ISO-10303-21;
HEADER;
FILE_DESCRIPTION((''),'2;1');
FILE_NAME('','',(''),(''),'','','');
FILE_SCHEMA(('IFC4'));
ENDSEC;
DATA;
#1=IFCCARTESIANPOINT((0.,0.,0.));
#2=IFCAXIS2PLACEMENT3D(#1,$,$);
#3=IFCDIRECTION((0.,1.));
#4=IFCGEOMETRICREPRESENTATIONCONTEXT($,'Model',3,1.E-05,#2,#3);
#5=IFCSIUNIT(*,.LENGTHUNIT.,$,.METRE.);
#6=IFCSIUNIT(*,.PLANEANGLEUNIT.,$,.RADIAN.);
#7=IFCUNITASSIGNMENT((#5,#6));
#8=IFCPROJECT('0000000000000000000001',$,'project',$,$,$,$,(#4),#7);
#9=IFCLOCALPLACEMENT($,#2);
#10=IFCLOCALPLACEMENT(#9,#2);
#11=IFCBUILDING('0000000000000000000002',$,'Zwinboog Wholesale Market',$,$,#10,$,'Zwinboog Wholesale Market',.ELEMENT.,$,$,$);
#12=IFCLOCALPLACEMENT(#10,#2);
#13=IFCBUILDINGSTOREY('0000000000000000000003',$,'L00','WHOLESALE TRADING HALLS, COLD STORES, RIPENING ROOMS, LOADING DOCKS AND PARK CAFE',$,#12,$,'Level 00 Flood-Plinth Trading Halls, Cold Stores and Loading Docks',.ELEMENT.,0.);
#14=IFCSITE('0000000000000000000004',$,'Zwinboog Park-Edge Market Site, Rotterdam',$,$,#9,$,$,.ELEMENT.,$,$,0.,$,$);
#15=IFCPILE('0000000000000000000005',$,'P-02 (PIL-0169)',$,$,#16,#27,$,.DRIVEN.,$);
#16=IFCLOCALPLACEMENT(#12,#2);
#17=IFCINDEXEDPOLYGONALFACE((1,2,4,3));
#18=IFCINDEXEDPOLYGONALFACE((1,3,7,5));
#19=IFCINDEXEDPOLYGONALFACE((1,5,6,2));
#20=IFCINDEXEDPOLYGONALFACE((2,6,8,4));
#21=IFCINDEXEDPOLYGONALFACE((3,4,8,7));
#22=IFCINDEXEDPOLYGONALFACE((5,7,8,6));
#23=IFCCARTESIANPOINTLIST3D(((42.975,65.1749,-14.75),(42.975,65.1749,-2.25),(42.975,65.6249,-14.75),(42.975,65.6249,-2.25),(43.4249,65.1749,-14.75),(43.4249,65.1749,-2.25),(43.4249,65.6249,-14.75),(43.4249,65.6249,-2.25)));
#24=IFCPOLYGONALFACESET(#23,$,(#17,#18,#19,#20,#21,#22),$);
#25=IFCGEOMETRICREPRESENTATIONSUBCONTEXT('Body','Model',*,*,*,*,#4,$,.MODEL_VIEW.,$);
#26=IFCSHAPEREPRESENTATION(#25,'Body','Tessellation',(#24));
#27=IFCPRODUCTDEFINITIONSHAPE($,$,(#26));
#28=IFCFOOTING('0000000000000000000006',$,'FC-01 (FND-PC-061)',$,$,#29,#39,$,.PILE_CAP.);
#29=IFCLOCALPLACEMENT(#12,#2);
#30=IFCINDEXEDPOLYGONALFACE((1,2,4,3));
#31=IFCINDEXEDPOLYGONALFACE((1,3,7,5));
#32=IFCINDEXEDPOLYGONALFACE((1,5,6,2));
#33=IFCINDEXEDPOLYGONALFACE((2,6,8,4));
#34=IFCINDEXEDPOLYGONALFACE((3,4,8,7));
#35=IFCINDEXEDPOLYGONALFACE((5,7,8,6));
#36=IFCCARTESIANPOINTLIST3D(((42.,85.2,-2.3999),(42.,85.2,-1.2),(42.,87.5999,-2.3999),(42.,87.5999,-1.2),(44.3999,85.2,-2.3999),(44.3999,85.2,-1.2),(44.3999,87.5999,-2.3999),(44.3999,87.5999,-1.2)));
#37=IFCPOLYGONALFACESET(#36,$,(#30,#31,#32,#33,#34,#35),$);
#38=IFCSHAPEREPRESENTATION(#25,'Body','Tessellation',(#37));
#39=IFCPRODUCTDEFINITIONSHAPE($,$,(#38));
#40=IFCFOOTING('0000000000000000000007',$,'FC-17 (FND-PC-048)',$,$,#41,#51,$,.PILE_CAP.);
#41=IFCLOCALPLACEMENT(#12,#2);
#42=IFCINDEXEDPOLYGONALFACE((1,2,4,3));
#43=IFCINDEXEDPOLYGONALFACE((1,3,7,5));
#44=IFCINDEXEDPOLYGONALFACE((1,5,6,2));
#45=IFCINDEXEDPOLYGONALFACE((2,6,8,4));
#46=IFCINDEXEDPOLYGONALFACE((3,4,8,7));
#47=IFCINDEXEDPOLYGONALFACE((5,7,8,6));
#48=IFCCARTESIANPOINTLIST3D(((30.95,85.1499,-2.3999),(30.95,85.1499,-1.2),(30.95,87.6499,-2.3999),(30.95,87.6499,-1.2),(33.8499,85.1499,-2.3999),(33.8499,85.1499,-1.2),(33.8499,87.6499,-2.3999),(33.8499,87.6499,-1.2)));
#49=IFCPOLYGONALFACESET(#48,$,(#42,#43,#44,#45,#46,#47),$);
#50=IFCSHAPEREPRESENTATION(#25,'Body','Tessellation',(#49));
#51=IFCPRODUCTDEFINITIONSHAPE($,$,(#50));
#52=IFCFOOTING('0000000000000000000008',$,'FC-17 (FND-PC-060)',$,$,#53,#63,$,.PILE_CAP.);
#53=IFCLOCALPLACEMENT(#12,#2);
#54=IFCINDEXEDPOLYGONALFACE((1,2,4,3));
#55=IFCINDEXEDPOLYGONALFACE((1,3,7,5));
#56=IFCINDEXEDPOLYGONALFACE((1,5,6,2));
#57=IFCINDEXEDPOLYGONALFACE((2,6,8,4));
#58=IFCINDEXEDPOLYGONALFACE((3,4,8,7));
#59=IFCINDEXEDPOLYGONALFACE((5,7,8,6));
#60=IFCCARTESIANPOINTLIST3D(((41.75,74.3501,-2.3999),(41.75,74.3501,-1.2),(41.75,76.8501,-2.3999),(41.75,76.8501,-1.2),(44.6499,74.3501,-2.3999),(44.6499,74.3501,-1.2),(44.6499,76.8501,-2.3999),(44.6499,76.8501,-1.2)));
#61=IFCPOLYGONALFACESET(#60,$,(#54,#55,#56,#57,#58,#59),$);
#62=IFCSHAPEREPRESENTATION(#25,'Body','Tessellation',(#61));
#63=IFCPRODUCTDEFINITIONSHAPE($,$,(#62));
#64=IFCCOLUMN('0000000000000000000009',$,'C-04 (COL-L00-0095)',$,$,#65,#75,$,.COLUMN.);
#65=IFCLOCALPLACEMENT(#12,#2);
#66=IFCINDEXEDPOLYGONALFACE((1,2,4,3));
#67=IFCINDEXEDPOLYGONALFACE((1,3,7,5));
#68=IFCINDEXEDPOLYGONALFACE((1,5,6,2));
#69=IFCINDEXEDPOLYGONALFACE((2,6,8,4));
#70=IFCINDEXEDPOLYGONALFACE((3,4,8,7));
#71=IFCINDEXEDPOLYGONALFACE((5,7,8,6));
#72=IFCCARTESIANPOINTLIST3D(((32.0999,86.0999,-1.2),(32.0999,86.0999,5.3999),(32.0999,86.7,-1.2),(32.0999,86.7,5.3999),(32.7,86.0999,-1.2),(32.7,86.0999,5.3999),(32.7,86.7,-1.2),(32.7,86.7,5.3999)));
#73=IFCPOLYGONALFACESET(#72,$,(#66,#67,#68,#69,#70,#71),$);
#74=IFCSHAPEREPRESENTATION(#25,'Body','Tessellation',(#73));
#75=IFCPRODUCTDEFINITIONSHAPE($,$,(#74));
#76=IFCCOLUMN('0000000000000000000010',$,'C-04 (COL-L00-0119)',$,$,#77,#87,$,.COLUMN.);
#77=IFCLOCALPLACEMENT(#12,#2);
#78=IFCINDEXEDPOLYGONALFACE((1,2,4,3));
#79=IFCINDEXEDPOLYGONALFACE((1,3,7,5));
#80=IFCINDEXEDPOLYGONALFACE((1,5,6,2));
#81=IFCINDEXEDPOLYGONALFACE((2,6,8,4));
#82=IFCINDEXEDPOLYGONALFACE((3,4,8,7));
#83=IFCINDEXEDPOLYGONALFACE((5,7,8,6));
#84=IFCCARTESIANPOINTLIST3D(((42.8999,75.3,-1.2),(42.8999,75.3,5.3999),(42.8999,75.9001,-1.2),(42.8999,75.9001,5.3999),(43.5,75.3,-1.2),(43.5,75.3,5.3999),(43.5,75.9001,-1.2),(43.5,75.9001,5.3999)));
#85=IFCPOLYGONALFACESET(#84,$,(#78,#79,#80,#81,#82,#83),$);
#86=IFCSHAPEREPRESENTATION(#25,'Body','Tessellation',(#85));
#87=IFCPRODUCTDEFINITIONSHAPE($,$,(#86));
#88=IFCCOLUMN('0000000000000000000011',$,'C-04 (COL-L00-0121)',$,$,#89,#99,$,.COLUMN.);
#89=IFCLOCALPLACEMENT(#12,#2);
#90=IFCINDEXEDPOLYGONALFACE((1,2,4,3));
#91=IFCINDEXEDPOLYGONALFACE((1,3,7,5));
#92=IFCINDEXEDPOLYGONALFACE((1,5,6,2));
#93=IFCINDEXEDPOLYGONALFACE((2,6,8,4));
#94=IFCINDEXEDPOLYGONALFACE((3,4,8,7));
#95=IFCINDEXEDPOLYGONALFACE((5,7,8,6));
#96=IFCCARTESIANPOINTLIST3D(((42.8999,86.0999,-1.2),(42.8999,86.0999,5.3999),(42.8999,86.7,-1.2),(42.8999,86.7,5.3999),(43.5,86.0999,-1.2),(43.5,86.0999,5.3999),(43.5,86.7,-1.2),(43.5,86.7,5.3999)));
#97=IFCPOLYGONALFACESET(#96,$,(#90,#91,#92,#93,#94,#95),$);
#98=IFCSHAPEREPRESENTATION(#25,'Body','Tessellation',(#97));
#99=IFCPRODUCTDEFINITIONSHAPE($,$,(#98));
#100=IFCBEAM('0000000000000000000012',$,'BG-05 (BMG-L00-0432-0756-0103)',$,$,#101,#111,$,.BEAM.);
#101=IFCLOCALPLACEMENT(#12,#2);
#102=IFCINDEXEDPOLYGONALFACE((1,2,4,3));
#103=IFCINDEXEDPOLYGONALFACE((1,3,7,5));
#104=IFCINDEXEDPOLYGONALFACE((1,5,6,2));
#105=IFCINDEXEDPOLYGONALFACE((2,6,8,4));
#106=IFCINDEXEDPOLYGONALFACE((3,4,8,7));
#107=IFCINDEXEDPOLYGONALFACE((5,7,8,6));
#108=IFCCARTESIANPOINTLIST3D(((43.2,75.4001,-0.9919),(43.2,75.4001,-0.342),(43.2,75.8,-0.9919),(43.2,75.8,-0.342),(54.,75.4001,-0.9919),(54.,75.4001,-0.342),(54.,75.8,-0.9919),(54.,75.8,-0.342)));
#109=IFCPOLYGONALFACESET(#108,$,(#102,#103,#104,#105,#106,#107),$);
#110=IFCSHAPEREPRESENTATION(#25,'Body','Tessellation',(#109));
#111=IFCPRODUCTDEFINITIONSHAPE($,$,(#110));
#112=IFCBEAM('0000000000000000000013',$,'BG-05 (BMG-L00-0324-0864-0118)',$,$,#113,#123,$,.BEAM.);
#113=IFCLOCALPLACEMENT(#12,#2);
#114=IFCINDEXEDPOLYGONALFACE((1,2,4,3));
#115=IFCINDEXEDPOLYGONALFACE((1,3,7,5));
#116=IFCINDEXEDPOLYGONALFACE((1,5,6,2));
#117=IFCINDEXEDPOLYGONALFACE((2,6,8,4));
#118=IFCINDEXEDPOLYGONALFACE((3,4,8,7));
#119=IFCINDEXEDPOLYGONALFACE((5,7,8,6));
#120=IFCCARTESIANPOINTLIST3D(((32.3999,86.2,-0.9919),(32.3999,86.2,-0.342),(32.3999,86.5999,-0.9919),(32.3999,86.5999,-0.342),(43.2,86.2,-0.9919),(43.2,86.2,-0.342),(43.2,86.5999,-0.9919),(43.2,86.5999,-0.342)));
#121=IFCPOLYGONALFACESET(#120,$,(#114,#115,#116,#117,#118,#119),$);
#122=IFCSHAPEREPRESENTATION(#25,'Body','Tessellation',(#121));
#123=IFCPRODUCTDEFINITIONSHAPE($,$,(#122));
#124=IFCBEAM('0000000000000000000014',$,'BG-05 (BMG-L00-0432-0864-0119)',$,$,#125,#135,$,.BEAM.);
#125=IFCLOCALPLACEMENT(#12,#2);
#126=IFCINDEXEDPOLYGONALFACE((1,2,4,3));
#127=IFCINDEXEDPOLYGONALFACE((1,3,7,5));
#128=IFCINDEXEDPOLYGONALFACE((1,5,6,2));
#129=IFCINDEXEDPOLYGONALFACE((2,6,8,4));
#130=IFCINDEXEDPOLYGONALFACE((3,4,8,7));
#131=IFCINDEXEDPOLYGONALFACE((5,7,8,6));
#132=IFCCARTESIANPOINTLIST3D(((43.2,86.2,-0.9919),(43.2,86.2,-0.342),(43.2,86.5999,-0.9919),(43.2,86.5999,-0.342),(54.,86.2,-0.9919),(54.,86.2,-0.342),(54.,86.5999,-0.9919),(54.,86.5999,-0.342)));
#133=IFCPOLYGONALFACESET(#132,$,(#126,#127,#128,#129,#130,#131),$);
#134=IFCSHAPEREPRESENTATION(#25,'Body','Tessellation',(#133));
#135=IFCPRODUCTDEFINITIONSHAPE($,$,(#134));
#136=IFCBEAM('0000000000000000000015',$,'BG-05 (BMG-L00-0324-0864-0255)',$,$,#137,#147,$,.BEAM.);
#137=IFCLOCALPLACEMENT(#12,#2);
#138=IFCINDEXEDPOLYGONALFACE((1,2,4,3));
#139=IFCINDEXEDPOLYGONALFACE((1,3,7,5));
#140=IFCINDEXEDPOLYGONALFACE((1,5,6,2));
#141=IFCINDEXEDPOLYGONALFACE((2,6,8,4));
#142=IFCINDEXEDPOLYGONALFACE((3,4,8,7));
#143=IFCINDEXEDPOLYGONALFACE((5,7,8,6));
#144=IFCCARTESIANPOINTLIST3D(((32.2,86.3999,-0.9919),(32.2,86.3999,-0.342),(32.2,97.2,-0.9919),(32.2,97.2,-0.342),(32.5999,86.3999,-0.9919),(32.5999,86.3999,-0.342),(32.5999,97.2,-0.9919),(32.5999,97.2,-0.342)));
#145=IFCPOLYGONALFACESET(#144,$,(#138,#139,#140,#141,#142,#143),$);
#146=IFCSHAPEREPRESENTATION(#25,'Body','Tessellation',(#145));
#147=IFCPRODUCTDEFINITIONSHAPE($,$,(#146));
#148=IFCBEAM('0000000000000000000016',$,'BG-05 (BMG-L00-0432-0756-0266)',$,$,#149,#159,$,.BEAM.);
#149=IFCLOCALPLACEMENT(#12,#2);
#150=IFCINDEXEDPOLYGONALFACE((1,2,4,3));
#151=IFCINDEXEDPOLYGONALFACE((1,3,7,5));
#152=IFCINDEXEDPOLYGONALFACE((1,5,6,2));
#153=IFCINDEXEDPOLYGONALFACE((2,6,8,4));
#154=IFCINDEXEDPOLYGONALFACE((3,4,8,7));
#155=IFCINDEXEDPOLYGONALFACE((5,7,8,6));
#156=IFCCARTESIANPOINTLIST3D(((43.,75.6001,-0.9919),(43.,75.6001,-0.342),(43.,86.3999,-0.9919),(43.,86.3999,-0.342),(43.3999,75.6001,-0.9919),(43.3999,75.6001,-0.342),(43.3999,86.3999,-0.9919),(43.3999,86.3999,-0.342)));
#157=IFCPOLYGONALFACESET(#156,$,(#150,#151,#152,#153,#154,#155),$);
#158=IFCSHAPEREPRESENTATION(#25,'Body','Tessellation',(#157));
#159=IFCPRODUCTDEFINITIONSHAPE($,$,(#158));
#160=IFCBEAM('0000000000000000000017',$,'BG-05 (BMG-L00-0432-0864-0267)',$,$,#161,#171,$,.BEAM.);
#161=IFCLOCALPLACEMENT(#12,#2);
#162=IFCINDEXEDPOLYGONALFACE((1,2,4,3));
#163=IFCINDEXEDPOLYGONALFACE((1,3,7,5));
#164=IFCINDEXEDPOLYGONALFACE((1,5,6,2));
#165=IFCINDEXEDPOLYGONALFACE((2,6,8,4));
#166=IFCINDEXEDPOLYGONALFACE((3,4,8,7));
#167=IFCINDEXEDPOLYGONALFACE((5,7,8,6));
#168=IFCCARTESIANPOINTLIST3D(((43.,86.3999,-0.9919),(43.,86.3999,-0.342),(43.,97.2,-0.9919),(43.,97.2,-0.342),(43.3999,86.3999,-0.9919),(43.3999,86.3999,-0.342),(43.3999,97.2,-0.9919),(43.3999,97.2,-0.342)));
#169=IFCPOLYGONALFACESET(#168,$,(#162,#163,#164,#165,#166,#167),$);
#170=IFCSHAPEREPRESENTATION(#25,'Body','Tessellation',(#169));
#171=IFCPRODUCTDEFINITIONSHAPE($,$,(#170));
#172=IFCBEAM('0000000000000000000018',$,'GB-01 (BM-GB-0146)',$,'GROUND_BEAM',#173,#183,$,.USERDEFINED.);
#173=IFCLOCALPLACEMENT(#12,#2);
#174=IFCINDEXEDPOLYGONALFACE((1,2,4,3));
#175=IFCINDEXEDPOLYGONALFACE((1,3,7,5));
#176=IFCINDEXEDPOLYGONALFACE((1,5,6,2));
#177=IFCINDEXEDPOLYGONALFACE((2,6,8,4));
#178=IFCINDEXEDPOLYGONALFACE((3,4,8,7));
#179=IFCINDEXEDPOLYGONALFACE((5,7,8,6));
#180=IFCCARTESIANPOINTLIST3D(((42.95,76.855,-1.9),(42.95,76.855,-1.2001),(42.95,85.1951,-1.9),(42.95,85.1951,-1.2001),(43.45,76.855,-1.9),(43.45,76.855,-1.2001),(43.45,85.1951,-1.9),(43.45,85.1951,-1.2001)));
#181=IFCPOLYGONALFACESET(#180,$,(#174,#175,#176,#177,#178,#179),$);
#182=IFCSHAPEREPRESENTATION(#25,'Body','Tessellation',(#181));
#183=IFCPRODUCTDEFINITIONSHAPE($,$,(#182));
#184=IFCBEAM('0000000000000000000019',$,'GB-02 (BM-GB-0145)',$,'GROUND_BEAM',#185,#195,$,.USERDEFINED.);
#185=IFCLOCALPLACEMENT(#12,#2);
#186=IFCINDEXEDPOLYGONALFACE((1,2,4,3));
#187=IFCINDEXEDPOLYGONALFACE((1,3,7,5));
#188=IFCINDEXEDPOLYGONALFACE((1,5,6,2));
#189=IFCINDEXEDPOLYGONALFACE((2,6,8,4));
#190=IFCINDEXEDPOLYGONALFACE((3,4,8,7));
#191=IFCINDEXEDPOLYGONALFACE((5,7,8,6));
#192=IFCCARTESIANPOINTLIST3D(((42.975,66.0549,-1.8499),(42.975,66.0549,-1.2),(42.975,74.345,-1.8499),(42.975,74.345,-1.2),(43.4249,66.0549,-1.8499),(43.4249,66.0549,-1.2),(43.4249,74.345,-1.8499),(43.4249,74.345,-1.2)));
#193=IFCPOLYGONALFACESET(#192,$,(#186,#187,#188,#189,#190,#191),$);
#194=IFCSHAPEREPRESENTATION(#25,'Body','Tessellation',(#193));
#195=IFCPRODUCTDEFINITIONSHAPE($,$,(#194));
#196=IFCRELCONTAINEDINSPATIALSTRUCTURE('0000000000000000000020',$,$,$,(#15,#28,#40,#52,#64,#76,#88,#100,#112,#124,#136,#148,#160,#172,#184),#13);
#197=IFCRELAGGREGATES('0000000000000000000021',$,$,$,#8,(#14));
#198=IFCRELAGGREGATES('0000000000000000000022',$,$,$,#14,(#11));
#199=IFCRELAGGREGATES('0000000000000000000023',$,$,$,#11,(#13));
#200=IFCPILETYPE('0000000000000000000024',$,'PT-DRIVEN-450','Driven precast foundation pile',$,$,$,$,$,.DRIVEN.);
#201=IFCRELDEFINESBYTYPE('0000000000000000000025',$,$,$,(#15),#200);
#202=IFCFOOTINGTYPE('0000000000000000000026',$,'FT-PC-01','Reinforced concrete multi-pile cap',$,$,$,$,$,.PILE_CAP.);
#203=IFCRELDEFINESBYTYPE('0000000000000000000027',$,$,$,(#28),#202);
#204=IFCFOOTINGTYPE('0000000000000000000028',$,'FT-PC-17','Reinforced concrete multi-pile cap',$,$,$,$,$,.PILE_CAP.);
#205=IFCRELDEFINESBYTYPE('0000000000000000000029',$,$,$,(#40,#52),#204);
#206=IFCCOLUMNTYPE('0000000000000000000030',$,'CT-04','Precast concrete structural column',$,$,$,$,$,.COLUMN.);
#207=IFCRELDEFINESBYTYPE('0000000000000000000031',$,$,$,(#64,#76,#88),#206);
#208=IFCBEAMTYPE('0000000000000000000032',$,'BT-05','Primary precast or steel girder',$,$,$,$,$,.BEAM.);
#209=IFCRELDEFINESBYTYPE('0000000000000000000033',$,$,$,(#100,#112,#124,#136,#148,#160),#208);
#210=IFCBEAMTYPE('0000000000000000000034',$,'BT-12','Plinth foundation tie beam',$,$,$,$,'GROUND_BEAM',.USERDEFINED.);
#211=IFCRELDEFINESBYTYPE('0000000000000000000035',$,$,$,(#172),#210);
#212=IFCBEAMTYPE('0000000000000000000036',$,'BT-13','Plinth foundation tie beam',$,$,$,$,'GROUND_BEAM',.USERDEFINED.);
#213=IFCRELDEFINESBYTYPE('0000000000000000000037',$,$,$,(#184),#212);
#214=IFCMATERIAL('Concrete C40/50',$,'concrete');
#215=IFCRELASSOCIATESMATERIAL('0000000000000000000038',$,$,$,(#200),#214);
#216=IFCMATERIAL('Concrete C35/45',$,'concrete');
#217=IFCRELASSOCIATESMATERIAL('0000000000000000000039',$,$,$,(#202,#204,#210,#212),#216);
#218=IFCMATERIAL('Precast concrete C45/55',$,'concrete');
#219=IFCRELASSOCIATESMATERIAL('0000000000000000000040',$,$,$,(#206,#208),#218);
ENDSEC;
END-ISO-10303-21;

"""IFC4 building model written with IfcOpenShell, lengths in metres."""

from ifc_helpers import new_model, si_unit, direction, frame, origin, origin_2d, place, context, subcontext, project, spatial, rectangle, extrude, material, material_profile, profile_set, type_object, element, save


model = new_model("IFC4")

# Units and contexts
model_context = context("Model", 3, precision=1e-05, world=origin(), true_north=direction((0.0, 1.0)))
body_context = subcontext(model_context, "Body", "Model", "MODEL_VIEW")
ifc_project = project(units=[si_unit("LENGTHUNIT", "METRE"), si_unit("PLANEANGLEUNIT", "RADIAN")], contexts=[model_context])

# Site, building, storey
site_placement = place(None, origin())
site = spatial("IfcSite", under=ifc_project, at=site_placement, Name="Zwinboog Park-Edge Market Site, Rotterdam", CompositionType="ELEMENT", RefElevation=0.0)
building_placement = place(site_placement, origin())
building = spatial("IfcBuilding", under=site, at=building_placement, Name="Zwinboog Wholesale Market", LongName="Zwinboog Wholesale Market", CompositionType="ELEMENT")
storey_placement = place(building_placement, origin())
storey = spatial("IfcBuildingStorey", under=building, at=storey_placement, Name="L00", Description="WHOLESALE TRADING HALLS, COLD STORES, RIPENING ROOMS, LOADING DOCKS AND PARK CAFE", LongName="Level 00 Flood-Plinth Trading Halls, Cold Stores and Loading Docks", CompositionType="ELEMENT", Elevation=0.0)

# Pile
ifc_material_1 = material(Name="Concrete C40/50", Category="concrete")
ifc_material_profile_1 = material_profile(ifc_material_1, rectangle(XDim=0.45, YDim=0.45, at=origin_2d()), Name="PILE SQ450")
ifc_profile_set_1 = profile_set([ifc_material_profile_1], Name="Concrete C40/50")
pile_type_1 = type_object("IfcPileType", Name="PT-DRIVEN-450", Description="Driven precast foundation pile", PredefinedType="DRIVEN", material=ifc_profile_set_1)
for number, where, z_axis, x_axis, name in (
    (1, (43.2, 65.3999, -2.25), (0.0, 0.0, -1.0), (1.0, 0.0, 0.0), "P-02 (PIL-0169)"),
):
    element("IfcPile", number, at=place(storey_placement, frame(where, z_axis=z_axis, x_axis=x_axis)), inside=storey, type_object=pile_type_1, Name=name, PredefinedType="DRIVEN", context=body_context, shape_type="SweptSolid", body=[
        extrude(rectangle(XDim=0.45, YDim=0.45, at=origin_2d()), origin(), (0.0, 0.0, 1.0), 12.5),
    ])

# Footings
ifc_material_2 = material(Name="Concrete C35/45", Category="concrete")
footing_type_1 = type_object("IfcFootingType", Name="FT-PC-01", Description="Reinforced concrete multi-pile cap", PredefinedType="PILE_CAP", material=ifc_material_2)
footing_placement = place(storey_placement, frame((43.2, 86.3999, -2.3999), z_axis=(0.0, 0.0, 1.0), x_axis=(1.0, 0.0, 0.0)))
element("IfcFooting", 2, at=footing_placement, inside=storey, type_object=footing_type_1, Name="FC-01 (FND-PC-061)", PredefinedType="PILE_CAP", context=body_context, shape_type="SweptSolid", body=[
    extrude(rectangle(XDim=2.3999, YDim=2.3999, at=origin_2d()), origin(), (0.0, 0.0, 1.0), 1.2),
])
footing_type_2 = type_object("IfcFootingType", Name="FT-PC-17", Description="Reinforced concrete multi-pile cap", PredefinedType="PILE_CAP", material=ifc_material_2)
for number, where, z_axis, x_axis, name in (
    (3, (32.3999, 86.3999, -2.3999), (0.0, 0.0, 1.0), (1.0, 0.0, 0.0), "FC-17 (FND-PC-048)"),
    (4, (43.2, 75.6001, -2.3999), (0.0, 0.0, 1.0), (1.0, 0.0, 0.0), "FC-17 (FND-PC-060)"),
):
    element("IfcFooting", number, at=place(storey_placement, frame(where, z_axis=z_axis, x_axis=x_axis)), inside=storey, type_object=footing_type_2, Name=name, PredefinedType="PILE_CAP", context=body_context, shape_type="SweptSolid", body=[
        extrude(rectangle(XDim=2.8999, YDim=2.5, at=origin_2d()), origin(), (0.0, 0.0, 1.0), 1.2),
    ])

# Columns
ifc_material_3 = material(Name="Precast concrete C45/55", Category="concrete")
ifc_material_profile_2 = material_profile(ifc_material_3, rectangle(XDim=0.6001, YDim=0.6001, at=origin_2d()), Name="PC 600x600")
ifc_profile_set_2 = profile_set([ifc_material_profile_2], Name="Precast concrete C45/55")
column_type = type_object("IfcColumnType", Name="CT-04", Description="Precast concrete structural column", PredefinedType="COLUMN", material=ifc_profile_set_2)
for number, where, z_axis, x_axis, name in (
    (5, (32.3999, 86.3999, -1.2), (0.0, 0.0, 1.0), (1.0, 0.0, 0.0), "C-04 (COL-L00-0095)"),
    (6, (43.2, 75.6001, -1.2), (0.0, 0.0, 1.0), (1.0, 0.0, 0.0), "C-04 (COL-L00-0119)"),
    (7, (43.2, 86.3999, -1.2), (0.0, 0.0, 1.0), (1.0, 0.0, 0.0), "C-04 (COL-L00-0121)"),
):
    element("IfcColumn", number, at=place(storey_placement, frame(where, z_axis=z_axis, x_axis=x_axis)), inside=storey, type_object=column_type, Name=name, PredefinedType="COLUMN", context=body_context, shape_type="SweptSolid", body=[
        extrude(rectangle(XDim=0.6001, YDim=0.6001, at=origin_2d()), origin(), (0.0, 0.0, 1.0), 6.5999),
    ])

# Beams
ifc_material_profile_3 = material_profile(ifc_material_3, rectangle(XDim=0.3999, YDim=0.6499, at=origin_2d()), Name="PC 400x650")
ifc_profile_set_3 = profile_set([ifc_material_profile_3], Name="Precast concrete C45/55")
beam_type_1 = type_object("IfcBeamType", Name="BT-05", Description="Primary precast or steel girder", PredefinedType="BEAM", material=ifc_profile_set_3)
for number, where, z_axis, x_axis, name in (
    (8, (43.2, 75.6001, -0.667), (1.0, 0.0, 0.0), (0.0, 1.0, 0.0), "BG-05 (BMG-L00-0432-0756-0103)"),
    (9, (32.3999, 86.3999, -0.667), (1.0, 0.0, 0.0), (0.0, 1.0, 0.0), "BG-05 (BMG-L00-0324-0864-0118)"),
    (10, (43.2, 86.3999, -0.667), (1.0, 0.0, 0.0), (0.0, 1.0, 0.0), "BG-05 (BMG-L00-0432-0864-0119)"),
    (11, (32.3999, 86.3999, -0.667), (0.0, 1.0, 0.0), (-1.0, 0.0, 0.0), "BG-05 (BMG-L00-0324-0864-0255)"),
):
    element("IfcBeam", number, at=place(storey_placement, frame(where, z_axis=z_axis, x_axis=x_axis)), inside=storey, type_object=beam_type_1, Name=name, PredefinedType="BEAM", context=body_context, shape_type="SweptSolid", body=[
        extrude(rectangle(XDim=0.3999, YDim=0.6499, at=origin_2d()), origin(), (0.0, 0.0, 1.0), 10.8),
    ])
beam_1_placement = place(storey_placement, frame((43.2, 75.6001, -0.667), z_axis=(0.0, 1.0, 0.0), x_axis=(-1.0, 0.0, 0.0)))
element("IfcBeam", 12, at=beam_1_placement, inside=storey, type_object=beam_type_1, Name="BG-05 (BMG-L00-0432-0756-0266)", PredefinedType="BEAM", context=body_context, shape_type="SweptSolid", body=[
    extrude(rectangle(XDim=0.3999, YDim=0.6499, at=origin_2d()), origin(), (0.0, 0.0, 1.0), 10.7998),
])
beam_2_placement = place(storey_placement, frame((43.2, 86.3999, -0.667), z_axis=(0.0, 1.0, 0.0), x_axis=(-1.0, 0.0, 0.0)))
element("IfcBeam", 13, at=beam_2_placement, inside=storey, type_object=beam_type_1, Name="BG-05 (BMG-L00-0432-0864-0267)", PredefinedType="BEAM", context=body_context, shape_type="SweptSolid", body=[
    extrude(rectangle(XDim=0.3999, YDim=0.6499, at=origin_2d()), origin(), (0.0, 0.0, 1.0), 10.8),
])
ifc_material_profile_4 = material_profile(ifc_material_2, rectangle(XDim=0.5, YDim=0.7, at=origin_2d()), Name="RC 500x700")
ifc_profile_set_4 = profile_set([ifc_material_profile_4], Name="Concrete C35/45")
beam_type_2 = type_object("IfcBeamType", Name="BT-12", Description="Plinth foundation tie beam", ElementType="GROUND_BEAM", PredefinedType="USERDEFINED", material=ifc_profile_set_4)
beam_3_placement = place(storey_placement, frame((43.2, 76.855, -1.55), z_axis=(0.0, 1.0, 0.0), x_axis=(-1.0, 0.0, 0.0)))
element("IfcBeam", 14, at=beam_3_placement, inside=storey, type_object=beam_type_2, Name="GB-01 (BM-GB-0146)", ObjectType="GROUND_BEAM", PredefinedType="USERDEFINED", context=body_context, shape_type="SweptSolid", body=[
    extrude(rectangle(XDim=0.5, YDim=0.7, at=origin_2d()), origin(), (0.0, 0.0, 1.0), 8.3401),
])
ifc_material_profile_5 = material_profile(ifc_material_2, rectangle(XDim=0.45, YDim=0.6499, at=origin_2d()), Name="RC 450x650")
ifc_profile_set_5 = profile_set([ifc_material_profile_5], Name="Concrete C35/45")
beam_type_3 = type_object("IfcBeamType", Name="BT-13", Description="Plinth foundation tie beam", ElementType="GROUND_BEAM", PredefinedType="USERDEFINED", material=ifc_profile_set_5)
beam_4_placement = place(storey_placement, frame((43.2, 66.0549, -1.5249), z_axis=(0.0, 1.0, 0.0), x_axis=(-1.0, 0.0, 0.0)))
element("IfcBeam", 15, at=beam_4_placement, inside=storey, type_object=beam_type_3, Name="GB-02 (BM-GB-0145)", ObjectType="GROUND_BEAM", PredefinedType="USERDEFINED", context=body_context, shape_type="SweptSolid", body=[
    extrude(rectangle(XDim=0.45, YDim=0.6499, at=origin_2d()), origin(), (0.0, 0.0, 1.0), 8.29),
])

save(model, "model.ifc")
